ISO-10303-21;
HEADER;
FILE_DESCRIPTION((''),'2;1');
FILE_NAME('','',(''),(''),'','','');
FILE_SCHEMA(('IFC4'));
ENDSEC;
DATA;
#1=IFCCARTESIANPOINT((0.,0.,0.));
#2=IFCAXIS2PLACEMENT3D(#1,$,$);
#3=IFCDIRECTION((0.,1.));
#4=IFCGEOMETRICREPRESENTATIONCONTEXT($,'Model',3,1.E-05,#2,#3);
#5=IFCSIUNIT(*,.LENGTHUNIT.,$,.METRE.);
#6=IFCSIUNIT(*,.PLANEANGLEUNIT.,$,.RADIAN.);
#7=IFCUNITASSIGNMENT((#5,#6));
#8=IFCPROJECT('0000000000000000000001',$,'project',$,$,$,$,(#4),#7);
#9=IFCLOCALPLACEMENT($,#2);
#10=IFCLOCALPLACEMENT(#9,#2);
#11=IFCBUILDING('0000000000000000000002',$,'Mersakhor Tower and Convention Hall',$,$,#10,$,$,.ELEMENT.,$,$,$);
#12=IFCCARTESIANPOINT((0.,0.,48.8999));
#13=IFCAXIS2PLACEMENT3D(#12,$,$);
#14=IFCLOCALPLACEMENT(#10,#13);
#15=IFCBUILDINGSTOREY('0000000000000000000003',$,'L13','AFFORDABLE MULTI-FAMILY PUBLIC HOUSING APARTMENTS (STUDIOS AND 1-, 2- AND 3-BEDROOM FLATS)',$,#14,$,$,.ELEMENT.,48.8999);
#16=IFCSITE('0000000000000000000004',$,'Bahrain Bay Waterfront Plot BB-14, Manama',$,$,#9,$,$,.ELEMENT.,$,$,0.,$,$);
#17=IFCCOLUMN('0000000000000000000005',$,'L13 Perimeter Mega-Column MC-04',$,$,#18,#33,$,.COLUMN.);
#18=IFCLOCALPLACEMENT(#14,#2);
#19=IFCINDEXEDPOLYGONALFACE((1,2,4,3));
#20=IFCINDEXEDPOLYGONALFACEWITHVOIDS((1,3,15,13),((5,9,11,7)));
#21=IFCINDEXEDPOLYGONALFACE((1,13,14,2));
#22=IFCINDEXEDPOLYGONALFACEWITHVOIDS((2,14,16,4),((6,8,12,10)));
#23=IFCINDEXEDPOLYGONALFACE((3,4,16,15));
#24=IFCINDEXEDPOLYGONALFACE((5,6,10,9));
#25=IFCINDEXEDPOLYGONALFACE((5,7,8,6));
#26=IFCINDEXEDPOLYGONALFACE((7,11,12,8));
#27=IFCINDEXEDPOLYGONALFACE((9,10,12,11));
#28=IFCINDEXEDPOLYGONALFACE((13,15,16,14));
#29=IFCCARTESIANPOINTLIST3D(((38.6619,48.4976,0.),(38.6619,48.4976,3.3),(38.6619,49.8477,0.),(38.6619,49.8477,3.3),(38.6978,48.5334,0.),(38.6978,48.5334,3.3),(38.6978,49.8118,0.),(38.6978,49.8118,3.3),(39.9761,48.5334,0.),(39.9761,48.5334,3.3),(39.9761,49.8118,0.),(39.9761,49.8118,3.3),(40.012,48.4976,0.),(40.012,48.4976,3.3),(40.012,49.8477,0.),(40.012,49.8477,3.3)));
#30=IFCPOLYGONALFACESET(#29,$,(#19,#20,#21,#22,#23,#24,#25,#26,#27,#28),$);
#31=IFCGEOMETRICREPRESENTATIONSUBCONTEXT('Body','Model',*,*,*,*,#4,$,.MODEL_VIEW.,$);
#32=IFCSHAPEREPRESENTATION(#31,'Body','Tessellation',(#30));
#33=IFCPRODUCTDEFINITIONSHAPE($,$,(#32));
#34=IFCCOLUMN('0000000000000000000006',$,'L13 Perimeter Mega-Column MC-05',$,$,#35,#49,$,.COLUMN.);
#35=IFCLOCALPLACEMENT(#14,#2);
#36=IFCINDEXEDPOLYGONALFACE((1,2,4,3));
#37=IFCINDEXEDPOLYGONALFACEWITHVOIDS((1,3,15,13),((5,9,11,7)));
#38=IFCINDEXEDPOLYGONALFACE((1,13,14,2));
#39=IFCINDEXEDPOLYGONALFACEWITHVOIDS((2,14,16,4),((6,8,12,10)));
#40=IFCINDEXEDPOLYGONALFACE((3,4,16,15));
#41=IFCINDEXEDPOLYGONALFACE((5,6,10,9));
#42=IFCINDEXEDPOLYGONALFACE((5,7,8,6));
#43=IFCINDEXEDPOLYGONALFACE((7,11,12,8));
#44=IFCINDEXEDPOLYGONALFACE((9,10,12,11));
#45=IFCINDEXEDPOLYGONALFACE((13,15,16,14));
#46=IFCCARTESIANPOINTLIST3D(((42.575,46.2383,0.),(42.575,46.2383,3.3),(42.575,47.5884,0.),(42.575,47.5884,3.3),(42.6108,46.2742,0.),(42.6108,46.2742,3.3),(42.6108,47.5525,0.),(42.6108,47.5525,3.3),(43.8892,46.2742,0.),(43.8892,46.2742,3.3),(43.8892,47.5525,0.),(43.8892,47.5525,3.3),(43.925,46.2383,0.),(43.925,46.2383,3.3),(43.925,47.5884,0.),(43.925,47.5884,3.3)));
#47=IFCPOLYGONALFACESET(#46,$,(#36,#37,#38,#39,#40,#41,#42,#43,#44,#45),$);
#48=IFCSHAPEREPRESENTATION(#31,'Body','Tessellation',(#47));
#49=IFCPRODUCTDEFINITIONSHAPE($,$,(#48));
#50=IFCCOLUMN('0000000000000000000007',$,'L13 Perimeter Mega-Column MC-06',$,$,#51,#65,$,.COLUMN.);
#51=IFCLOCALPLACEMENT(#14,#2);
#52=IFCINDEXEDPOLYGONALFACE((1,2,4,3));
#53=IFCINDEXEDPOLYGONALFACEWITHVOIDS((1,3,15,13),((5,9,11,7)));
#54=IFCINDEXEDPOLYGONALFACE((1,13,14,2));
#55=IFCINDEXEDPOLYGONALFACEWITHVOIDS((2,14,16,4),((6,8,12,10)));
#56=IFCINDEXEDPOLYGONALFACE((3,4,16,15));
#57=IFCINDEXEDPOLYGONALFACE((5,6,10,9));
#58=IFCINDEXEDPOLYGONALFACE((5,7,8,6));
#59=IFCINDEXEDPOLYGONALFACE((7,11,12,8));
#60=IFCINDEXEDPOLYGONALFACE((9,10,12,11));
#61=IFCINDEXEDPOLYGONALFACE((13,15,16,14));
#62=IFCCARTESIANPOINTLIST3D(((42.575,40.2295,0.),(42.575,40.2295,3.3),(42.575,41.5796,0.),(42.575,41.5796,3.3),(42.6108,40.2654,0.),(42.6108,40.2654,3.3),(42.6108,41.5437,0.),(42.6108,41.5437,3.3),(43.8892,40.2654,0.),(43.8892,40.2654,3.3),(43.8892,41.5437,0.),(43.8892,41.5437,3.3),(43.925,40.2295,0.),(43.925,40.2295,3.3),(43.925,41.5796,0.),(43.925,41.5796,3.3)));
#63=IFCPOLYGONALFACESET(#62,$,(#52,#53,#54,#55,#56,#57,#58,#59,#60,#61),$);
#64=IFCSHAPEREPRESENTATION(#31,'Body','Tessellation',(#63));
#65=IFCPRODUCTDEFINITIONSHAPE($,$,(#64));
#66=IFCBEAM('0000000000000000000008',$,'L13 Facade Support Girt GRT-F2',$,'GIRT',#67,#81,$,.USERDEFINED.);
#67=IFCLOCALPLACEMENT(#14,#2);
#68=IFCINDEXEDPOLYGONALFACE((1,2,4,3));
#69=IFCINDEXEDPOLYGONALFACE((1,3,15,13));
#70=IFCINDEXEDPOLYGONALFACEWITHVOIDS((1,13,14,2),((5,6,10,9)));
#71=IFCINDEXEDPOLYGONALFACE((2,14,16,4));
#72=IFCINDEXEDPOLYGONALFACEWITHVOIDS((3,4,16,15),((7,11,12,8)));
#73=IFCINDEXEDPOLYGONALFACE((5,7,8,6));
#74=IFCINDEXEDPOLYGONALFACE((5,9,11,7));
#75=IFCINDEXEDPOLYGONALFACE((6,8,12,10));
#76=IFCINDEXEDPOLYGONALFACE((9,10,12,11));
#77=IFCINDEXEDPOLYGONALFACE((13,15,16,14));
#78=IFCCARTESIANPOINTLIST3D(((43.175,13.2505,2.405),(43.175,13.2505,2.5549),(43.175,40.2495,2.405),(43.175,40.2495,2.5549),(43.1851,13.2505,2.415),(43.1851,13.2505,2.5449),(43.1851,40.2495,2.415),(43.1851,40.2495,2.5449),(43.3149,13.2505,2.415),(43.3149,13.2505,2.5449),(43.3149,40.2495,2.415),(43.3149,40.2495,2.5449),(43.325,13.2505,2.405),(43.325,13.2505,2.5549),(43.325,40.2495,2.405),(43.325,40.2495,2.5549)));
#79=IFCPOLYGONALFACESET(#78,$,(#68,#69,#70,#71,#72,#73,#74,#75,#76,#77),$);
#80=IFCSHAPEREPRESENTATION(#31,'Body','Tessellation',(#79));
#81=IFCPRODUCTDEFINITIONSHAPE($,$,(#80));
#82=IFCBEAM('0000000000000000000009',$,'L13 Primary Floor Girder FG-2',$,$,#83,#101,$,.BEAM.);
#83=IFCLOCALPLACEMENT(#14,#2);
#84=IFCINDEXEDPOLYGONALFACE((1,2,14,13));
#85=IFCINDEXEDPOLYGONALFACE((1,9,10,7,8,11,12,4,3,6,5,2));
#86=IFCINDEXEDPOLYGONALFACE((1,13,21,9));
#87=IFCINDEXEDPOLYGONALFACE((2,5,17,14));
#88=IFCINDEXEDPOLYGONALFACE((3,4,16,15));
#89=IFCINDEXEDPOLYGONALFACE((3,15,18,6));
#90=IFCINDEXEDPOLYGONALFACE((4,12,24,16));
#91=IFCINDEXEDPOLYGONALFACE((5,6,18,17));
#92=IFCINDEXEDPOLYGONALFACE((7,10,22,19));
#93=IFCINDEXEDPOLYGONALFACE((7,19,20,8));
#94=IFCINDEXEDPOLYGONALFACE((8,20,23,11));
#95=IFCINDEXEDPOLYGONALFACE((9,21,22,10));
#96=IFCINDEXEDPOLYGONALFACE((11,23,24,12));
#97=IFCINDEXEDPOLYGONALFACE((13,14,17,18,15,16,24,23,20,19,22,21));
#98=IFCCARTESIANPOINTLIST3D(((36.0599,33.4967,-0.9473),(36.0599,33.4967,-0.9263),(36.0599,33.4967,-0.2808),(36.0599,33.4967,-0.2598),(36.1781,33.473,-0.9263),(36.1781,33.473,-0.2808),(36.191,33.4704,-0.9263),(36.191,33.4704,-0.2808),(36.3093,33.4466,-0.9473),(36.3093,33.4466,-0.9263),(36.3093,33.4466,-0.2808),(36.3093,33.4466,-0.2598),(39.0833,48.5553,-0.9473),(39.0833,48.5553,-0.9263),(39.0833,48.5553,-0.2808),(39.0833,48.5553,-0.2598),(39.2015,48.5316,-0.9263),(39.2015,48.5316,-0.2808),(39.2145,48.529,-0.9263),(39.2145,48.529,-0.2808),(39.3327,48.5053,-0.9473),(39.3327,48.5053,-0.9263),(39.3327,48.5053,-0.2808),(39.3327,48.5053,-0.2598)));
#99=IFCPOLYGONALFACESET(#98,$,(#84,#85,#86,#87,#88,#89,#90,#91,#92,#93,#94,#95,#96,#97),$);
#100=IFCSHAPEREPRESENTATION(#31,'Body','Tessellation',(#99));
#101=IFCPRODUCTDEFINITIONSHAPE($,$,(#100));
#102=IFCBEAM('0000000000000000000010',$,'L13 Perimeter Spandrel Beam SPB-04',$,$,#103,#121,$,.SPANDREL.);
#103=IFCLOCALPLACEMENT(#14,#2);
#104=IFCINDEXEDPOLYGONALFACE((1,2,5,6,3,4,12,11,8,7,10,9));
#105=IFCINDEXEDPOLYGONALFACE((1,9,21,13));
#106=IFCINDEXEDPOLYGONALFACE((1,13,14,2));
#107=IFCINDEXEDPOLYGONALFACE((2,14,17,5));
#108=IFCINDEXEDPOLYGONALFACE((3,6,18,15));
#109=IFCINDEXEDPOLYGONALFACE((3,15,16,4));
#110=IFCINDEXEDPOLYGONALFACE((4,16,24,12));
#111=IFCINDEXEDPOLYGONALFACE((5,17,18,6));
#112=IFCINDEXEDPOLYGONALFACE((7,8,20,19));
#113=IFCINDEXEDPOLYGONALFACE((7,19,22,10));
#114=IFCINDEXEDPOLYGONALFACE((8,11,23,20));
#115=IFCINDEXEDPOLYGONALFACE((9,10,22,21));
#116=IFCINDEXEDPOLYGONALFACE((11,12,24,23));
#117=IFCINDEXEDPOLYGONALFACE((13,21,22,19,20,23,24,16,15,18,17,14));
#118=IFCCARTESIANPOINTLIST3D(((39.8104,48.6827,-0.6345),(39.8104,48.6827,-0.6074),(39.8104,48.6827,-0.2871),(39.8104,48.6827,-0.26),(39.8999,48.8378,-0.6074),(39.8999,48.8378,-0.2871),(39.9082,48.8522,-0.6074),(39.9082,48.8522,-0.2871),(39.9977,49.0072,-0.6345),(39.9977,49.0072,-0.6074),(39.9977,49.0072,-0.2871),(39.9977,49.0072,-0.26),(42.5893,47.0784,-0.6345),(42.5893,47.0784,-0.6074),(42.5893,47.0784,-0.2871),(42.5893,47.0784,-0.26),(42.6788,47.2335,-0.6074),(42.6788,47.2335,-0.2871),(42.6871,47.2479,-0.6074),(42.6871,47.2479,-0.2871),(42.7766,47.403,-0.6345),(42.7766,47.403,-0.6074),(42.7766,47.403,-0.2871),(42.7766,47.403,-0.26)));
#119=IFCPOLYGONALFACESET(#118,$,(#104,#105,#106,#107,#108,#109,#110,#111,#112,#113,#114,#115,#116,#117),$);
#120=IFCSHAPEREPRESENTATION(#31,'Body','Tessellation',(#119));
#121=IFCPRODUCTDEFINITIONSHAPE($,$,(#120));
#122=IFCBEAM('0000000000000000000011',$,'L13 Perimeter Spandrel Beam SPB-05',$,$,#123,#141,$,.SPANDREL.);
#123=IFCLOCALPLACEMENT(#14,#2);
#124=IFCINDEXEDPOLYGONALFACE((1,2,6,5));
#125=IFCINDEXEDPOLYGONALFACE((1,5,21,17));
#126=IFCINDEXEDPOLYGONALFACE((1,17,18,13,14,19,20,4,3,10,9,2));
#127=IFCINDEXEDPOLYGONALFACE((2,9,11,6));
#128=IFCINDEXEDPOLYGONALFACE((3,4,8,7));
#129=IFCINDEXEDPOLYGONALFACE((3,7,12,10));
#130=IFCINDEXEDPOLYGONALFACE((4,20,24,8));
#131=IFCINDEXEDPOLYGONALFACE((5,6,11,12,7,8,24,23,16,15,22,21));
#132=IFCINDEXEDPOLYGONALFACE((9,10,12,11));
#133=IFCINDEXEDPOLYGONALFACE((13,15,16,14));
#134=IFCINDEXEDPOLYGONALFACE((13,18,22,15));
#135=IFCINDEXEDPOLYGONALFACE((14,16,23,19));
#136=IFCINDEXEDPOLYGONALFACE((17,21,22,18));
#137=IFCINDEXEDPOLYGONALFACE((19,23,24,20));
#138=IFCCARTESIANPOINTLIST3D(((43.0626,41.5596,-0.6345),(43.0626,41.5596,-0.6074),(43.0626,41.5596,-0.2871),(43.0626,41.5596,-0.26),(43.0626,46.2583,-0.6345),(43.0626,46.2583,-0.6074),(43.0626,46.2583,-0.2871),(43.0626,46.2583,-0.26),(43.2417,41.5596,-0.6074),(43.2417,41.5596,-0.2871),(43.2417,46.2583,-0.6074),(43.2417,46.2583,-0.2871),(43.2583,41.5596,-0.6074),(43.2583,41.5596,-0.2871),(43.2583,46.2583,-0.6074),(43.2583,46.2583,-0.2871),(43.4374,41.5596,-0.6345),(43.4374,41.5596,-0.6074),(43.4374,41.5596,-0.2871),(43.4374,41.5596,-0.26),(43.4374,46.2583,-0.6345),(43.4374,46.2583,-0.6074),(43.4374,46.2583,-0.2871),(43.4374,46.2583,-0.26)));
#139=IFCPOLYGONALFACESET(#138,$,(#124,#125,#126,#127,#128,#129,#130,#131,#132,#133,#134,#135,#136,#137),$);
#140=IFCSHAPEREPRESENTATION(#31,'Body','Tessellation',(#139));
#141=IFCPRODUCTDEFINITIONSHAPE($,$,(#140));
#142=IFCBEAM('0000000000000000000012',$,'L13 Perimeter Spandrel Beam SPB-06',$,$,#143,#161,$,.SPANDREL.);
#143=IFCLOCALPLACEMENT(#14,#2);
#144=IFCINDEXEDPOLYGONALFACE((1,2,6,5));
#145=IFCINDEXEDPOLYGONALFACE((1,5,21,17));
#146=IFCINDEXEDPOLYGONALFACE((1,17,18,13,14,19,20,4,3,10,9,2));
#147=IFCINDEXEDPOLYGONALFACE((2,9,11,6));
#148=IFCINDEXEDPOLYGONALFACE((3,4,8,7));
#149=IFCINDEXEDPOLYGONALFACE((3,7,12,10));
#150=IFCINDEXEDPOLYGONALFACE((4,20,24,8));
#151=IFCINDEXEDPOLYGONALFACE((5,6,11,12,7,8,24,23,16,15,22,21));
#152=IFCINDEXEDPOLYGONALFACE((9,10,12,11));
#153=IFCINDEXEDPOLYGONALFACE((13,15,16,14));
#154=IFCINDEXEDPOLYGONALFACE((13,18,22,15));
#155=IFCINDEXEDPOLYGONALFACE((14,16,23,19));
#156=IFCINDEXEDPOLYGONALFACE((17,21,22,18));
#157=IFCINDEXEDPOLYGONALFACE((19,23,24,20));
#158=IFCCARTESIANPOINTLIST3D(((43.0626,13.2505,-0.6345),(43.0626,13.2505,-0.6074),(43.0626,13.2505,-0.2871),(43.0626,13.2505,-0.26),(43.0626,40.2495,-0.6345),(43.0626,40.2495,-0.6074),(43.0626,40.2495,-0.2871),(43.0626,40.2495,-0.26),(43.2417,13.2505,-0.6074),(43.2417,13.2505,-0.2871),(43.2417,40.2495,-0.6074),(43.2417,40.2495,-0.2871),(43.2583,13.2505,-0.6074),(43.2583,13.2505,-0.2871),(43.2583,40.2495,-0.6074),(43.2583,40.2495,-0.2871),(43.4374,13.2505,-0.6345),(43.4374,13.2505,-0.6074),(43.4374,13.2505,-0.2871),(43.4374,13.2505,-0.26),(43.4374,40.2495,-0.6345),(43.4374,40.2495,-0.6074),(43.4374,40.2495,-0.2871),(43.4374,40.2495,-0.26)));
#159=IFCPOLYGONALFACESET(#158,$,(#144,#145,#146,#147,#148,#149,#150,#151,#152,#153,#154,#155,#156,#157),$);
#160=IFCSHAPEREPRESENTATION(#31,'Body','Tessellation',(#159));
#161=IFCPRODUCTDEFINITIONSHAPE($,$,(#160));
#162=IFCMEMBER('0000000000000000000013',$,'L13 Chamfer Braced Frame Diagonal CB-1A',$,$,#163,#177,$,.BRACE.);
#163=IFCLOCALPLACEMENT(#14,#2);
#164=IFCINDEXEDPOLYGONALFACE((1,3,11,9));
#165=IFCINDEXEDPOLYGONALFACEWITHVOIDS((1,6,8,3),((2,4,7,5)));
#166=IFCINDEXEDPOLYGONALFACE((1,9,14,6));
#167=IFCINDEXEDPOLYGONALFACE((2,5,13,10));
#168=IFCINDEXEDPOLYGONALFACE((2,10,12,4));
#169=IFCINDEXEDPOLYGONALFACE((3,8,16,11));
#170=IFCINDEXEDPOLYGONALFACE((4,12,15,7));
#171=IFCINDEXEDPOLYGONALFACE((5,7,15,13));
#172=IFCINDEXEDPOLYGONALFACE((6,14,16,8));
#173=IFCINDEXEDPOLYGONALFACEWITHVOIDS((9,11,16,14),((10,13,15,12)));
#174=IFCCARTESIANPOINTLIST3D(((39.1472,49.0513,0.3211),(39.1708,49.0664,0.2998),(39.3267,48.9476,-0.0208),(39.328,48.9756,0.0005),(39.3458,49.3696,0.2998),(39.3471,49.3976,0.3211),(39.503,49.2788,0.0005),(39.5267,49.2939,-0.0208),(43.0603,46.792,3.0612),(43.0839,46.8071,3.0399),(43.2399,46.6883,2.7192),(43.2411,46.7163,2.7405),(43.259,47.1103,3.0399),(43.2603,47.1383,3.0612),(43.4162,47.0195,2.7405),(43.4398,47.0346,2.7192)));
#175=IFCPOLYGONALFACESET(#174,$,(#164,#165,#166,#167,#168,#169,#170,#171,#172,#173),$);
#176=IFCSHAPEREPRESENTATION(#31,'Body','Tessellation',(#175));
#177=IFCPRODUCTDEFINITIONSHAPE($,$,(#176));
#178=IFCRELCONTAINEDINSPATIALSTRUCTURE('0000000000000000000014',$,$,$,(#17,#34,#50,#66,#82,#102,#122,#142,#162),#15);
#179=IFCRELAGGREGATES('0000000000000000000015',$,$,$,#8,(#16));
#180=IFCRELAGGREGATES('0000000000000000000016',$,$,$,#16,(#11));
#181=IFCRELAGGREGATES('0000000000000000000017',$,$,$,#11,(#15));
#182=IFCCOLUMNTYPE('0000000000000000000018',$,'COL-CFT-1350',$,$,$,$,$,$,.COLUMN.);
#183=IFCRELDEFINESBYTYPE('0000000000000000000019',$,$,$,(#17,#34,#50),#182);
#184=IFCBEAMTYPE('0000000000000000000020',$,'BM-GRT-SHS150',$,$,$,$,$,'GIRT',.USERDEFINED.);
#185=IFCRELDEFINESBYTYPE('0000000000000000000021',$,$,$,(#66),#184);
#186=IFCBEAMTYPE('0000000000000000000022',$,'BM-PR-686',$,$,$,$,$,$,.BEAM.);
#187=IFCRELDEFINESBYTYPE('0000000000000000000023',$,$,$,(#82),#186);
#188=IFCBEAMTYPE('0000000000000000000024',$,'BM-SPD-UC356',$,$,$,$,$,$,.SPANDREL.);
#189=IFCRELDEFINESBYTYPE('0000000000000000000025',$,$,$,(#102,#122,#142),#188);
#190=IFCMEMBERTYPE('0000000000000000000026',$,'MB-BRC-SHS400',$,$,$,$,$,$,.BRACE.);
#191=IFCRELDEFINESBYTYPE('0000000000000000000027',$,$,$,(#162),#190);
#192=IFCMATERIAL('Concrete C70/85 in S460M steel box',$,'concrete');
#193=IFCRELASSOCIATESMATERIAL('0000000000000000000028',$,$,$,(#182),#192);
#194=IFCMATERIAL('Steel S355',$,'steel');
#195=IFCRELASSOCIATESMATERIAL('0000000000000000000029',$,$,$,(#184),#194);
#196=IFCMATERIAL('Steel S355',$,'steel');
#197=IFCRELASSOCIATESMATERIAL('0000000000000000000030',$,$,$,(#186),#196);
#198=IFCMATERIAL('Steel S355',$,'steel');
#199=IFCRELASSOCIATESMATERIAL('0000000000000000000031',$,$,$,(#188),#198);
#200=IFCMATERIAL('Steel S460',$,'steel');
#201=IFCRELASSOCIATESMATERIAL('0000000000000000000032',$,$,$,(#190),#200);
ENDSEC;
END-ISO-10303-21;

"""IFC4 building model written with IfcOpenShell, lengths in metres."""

from ifc_helpers import new_model, si_unit, direction, frame, origin, origin_2d, place, context, subcontext, project, spatial, hollow_rectangle, i_section, extrude, material, material_profile, profile_set, type_object, element, save


model = new_model("IFC4")

# Units and contexts
model_context = context("Model", 3, precision=1e-05, world=origin(), true_north=direction((0.0, 1.0)))
body_context = subcontext(model_context, "Body", "Model", "MODEL_VIEW")
ifc_project = project(units=[si_unit("LENGTHUNIT", "METRE"), si_unit("PLANEANGLEUNIT", "RADIAN")], contexts=[model_context])

# Site, building, storey
site_placement = place(None, origin())
site = spatial("IfcSite", under=ifc_project, at=site_placement, Name="Bahrain Bay Waterfront Plot BB-14, Manama", CompositionType="ELEMENT", RefElevation=0.0)
building_placement = place(site_placement, origin())
building = spatial("IfcBuilding", under=site, at=building_placement, Name="Mersakhor Tower and Convention Hall", CompositionType="ELEMENT")
storey_placement = place(building_placement, frame((0.0, 0.0, 48.8999)))
storey = spatial("IfcBuildingStorey", under=building, at=storey_placement, Name="L13", Description="AFFORDABLE MULTI-FAMILY PUBLIC HOUSING APARTMENTS (STUDIOS AND 1-, 2- AND 3-BEDROOM FLATS)", CompositionType="ELEMENT", Elevation=48.8999)

# Columns
ifc_material_1 = material(Name="Concrete C70/85 in S460M steel box", Category="concrete")
ifc_material_profile_1 = material_profile(ifc_material_1, hollow_rectangle(XDim=1.3501, YDim=1.3501, WallThickness=0.0359, at=origin_2d()), Name="SHS 1350x1350x36")
ifc_profile_set_1 = profile_set([ifc_material_profile_1], Name="Concrete C70/85 in S460M steel box")
column_type = type_object("IfcColumnType", Name="COL-CFT-1350", PredefinedType="COLUMN", material=ifc_profile_set_1)
for number, where, z_axis, x_axis, name in (
    (1, (39.3369, 49.1726, 0.0), (0.0, 0.0, 1.0), (1.0, 0.0, 0.0), "L13 Perimeter Mega-Column MC-04"),
    (2, (43.25, 46.9133, 0.0), (0.0, 0.0, 1.0), (1.0, 0.0, 0.0), "L13 Perimeter Mega-Column MC-05"),
    (3, (43.25, 40.9045, 0.0), (0.0, 0.0, 1.0), (1.0, 0.0, 0.0), "L13 Perimeter Mega-Column MC-06"),
):
    element("IfcColumn", number, at=place(storey_placement, frame(where, z_axis=z_axis, x_axis=x_axis)), inside=storey, type_object=column_type, Name=name, PredefinedType="COLUMN", context=body_context, shape_type="SweptSolid", body=[
        extrude(hollow_rectangle(XDim=1.3501, YDim=1.3501, WallThickness=0.0359, at=origin_2d()), origin(), (0.0, 0.0, 1.0), 3.3),
    ])

# Beams
ifc_material_2 = material(Name="Steel S355", Category="steel")
ifc_material_profile_2 = material_profile(ifc_material_2, hollow_rectangle(XDim=0.1499, YDim=0.1499, WallThickness=0.01, at=origin_2d()), Name="SHS 150x150x10")
ifc_profile_set_2 = profile_set([ifc_material_profile_2], Name="Steel S355")
beam_type_1 = type_object("IfcBeamType", Name="BM-GRT-SHS150", ElementType="GIRT", PredefinedType="USERDEFINED", material=ifc_profile_set_2)
beam_1_placement = place(storey_placement, frame((43.25, 40.2495, 2.48), z_axis=(0.0, -1.0, 0.0), x_axis=(1.0, 0.0, 0.0)))
element("IfcBeam", 4, at=beam_1_placement, inside=storey, type_object=beam_type_1, Name="L13 Facade Support Girt GRT-F2", ObjectType="GIRT", PredefinedType="USERDEFINED", context=body_context, shape_type="SweptSolid", body=[
    extrude(hollow_rectangle(XDim=0.1499, YDim=0.1499, WallThickness=0.01, at=origin_2d()), origin(), (0.0, 0.0, 1.0), 26.999),
])
ifc_material_3 = material(Name="Steel S355", Category="steel")
ifc_material_profile_3 = material_profile(ifc_material_3, i_section(OverallWidth=0.2544, OverallDepth=0.6875, WebThickness=0.0132, FlangeThickness=0.021, at=origin_2d()), Name="UB 686x254x152")
ifc_profile_set_3 = profile_set([ifc_material_profile_3], Name="Steel S355")
beam_type_2 = type_object("IfcBeamType", Name="BM-PR-686", PredefinedType="BEAM", material=ifc_profile_set_3)
beam_2_placement = place(storey_placement, frame((36.1846, 33.4717, -0.6035), z_axis=(0.19685, 0.980434, 0.0), x_axis=(-0.980434, 0.19685, 0.0)))
element("IfcBeam", 5, at=beam_2_placement, inside=storey, type_object=beam_type_2, Name="L13 Primary Floor Girder FG-2", PredefinedType="BEAM", context=body_context, shape_type="SweptSolid", body=[
    extrude(i_section(OverallWidth=0.2544, OverallDepth=0.6875, WebThickness=0.0132, FlangeThickness=0.021, at=origin_2d()), origin(), (0.0, 0.0, 1.0), 15.3591),
])
ifc_material_4 = material(Name="Steel S355", Category="steel")
ifc_material_profile_4 = material_profile(ifc_material_4, i_section(OverallWidth=0.3748, OverallDepth=0.3745, WebThickness=0.0166, FlangeThickness=0.0271, at=origin_2d()), Name="UC 356x368x202")
ifc_profile_set_4 = profile_set([ifc_material_profile_4], Name="Steel S355")
beam_type_3 = type_object("IfcBeamType", Name="BM-SPD-UC356", PredefinedType="SPANDREL", material=ifc_profile_set_4)
beam_3_placement = place(storey_placement, frame((39.9041, 48.845, -0.4473), z_axis=(0.866039, -0.499977, 0.0), x_axis=(0.499977, 0.866039, 0.0)))
element("IfcBeam", 6, at=beam_3_placement, inside=storey, type_object=beam_type_3, Name="L13 Perimeter Spandrel Beam SPB-04", PredefinedType="SPANDREL", context=body_context, shape_type="SweptSolid", body=[
    extrude(i_section(OverallWidth=0.3748, OverallDepth=0.3745, WebThickness=0.0166, FlangeThickness=0.0271, at=origin_2d()), origin(), (0.0, 0.0, 1.0), 3.2087),
])
beam_4_placement = place(storey_placement, frame((43.25, 46.2583, -0.4473), z_axis=(0.0, -1.0, 0.0), x_axis=(1.0, 0.0, 0.0)))
element("IfcBeam", 7, at=beam_4_placement, inside=storey, type_object=beam_type_3, Name="L13 Perimeter Spandrel Beam SPB-05", PredefinedType="SPANDREL", context=body_context, shape_type="SweptSolid", body=[
    extrude(i_section(OverallWidth=0.3748, OverallDepth=0.3745, WebThickness=0.0166, FlangeThickness=0.0271, at=origin_2d()), origin(), (0.0, 0.0, 1.0), 4.6987),
])
beam_5_placement = place(storey_placement, frame((43.25, 40.2495, -0.4473), z_axis=(0.0, -1.0, 0.0), x_axis=(1.0, 0.0, 0.0)))
element("IfcBeam", 8, at=beam_5_placement, inside=storey, type_object=beam_type_3, Name="L13 Perimeter Spandrel Beam SPB-06", PredefinedType="SPANDREL", context=body_context, shape_type="SweptSolid", body=[
    extrude(i_section(OverallWidth=0.3748, OverallDepth=0.3745, WebThickness=0.0166, FlangeThickness=0.0271, at=origin_2d()), origin(), (0.0, 0.0, 1.0), 26.999),
])

# Member
ifc_material_5 = material(Name="Steel S460", Category="steel")
ifc_material_profile_5 = material_profile(ifc_material_5, hollow_rectangle(XDim=0.3999, YDim=0.3999, WallThickness=0.0249, at=origin_2d()), Name="SHS 400x400x25")
ifc_profile_set_5 = profile_set([ifc_material_profile_5], Name="Steel S460")
member_type = type_object("IfcMemberType", Name="MB-BRC-SHS400", PredefinedType="BRACE", material=ifc_profile_set_5)
member_1_placement = place(storey_placement, frame((39.3369, 49.1726, 0.1501), z_axis=(0.740508, -0.427543, 0.518513), x_axis=(0.500009, 0.86602, 0.0)))
element("IfcMember", 9, at=member_1_placement, inside=storey, type_object=member_type, Name="L13 Chamfer Braced Frame Diagonal CB-1A", PredefinedType="BRACE", context=body_context, shape_type="SweptSolid", body=[
    extrude(hollow_rectangle(XDim=0.3999, YDim=0.3999, WallThickness=0.0249, at=origin_2d()), origin(), (0.0, 0.0, 1.0), 5.2844),
])

save(model, "model.ifc")
